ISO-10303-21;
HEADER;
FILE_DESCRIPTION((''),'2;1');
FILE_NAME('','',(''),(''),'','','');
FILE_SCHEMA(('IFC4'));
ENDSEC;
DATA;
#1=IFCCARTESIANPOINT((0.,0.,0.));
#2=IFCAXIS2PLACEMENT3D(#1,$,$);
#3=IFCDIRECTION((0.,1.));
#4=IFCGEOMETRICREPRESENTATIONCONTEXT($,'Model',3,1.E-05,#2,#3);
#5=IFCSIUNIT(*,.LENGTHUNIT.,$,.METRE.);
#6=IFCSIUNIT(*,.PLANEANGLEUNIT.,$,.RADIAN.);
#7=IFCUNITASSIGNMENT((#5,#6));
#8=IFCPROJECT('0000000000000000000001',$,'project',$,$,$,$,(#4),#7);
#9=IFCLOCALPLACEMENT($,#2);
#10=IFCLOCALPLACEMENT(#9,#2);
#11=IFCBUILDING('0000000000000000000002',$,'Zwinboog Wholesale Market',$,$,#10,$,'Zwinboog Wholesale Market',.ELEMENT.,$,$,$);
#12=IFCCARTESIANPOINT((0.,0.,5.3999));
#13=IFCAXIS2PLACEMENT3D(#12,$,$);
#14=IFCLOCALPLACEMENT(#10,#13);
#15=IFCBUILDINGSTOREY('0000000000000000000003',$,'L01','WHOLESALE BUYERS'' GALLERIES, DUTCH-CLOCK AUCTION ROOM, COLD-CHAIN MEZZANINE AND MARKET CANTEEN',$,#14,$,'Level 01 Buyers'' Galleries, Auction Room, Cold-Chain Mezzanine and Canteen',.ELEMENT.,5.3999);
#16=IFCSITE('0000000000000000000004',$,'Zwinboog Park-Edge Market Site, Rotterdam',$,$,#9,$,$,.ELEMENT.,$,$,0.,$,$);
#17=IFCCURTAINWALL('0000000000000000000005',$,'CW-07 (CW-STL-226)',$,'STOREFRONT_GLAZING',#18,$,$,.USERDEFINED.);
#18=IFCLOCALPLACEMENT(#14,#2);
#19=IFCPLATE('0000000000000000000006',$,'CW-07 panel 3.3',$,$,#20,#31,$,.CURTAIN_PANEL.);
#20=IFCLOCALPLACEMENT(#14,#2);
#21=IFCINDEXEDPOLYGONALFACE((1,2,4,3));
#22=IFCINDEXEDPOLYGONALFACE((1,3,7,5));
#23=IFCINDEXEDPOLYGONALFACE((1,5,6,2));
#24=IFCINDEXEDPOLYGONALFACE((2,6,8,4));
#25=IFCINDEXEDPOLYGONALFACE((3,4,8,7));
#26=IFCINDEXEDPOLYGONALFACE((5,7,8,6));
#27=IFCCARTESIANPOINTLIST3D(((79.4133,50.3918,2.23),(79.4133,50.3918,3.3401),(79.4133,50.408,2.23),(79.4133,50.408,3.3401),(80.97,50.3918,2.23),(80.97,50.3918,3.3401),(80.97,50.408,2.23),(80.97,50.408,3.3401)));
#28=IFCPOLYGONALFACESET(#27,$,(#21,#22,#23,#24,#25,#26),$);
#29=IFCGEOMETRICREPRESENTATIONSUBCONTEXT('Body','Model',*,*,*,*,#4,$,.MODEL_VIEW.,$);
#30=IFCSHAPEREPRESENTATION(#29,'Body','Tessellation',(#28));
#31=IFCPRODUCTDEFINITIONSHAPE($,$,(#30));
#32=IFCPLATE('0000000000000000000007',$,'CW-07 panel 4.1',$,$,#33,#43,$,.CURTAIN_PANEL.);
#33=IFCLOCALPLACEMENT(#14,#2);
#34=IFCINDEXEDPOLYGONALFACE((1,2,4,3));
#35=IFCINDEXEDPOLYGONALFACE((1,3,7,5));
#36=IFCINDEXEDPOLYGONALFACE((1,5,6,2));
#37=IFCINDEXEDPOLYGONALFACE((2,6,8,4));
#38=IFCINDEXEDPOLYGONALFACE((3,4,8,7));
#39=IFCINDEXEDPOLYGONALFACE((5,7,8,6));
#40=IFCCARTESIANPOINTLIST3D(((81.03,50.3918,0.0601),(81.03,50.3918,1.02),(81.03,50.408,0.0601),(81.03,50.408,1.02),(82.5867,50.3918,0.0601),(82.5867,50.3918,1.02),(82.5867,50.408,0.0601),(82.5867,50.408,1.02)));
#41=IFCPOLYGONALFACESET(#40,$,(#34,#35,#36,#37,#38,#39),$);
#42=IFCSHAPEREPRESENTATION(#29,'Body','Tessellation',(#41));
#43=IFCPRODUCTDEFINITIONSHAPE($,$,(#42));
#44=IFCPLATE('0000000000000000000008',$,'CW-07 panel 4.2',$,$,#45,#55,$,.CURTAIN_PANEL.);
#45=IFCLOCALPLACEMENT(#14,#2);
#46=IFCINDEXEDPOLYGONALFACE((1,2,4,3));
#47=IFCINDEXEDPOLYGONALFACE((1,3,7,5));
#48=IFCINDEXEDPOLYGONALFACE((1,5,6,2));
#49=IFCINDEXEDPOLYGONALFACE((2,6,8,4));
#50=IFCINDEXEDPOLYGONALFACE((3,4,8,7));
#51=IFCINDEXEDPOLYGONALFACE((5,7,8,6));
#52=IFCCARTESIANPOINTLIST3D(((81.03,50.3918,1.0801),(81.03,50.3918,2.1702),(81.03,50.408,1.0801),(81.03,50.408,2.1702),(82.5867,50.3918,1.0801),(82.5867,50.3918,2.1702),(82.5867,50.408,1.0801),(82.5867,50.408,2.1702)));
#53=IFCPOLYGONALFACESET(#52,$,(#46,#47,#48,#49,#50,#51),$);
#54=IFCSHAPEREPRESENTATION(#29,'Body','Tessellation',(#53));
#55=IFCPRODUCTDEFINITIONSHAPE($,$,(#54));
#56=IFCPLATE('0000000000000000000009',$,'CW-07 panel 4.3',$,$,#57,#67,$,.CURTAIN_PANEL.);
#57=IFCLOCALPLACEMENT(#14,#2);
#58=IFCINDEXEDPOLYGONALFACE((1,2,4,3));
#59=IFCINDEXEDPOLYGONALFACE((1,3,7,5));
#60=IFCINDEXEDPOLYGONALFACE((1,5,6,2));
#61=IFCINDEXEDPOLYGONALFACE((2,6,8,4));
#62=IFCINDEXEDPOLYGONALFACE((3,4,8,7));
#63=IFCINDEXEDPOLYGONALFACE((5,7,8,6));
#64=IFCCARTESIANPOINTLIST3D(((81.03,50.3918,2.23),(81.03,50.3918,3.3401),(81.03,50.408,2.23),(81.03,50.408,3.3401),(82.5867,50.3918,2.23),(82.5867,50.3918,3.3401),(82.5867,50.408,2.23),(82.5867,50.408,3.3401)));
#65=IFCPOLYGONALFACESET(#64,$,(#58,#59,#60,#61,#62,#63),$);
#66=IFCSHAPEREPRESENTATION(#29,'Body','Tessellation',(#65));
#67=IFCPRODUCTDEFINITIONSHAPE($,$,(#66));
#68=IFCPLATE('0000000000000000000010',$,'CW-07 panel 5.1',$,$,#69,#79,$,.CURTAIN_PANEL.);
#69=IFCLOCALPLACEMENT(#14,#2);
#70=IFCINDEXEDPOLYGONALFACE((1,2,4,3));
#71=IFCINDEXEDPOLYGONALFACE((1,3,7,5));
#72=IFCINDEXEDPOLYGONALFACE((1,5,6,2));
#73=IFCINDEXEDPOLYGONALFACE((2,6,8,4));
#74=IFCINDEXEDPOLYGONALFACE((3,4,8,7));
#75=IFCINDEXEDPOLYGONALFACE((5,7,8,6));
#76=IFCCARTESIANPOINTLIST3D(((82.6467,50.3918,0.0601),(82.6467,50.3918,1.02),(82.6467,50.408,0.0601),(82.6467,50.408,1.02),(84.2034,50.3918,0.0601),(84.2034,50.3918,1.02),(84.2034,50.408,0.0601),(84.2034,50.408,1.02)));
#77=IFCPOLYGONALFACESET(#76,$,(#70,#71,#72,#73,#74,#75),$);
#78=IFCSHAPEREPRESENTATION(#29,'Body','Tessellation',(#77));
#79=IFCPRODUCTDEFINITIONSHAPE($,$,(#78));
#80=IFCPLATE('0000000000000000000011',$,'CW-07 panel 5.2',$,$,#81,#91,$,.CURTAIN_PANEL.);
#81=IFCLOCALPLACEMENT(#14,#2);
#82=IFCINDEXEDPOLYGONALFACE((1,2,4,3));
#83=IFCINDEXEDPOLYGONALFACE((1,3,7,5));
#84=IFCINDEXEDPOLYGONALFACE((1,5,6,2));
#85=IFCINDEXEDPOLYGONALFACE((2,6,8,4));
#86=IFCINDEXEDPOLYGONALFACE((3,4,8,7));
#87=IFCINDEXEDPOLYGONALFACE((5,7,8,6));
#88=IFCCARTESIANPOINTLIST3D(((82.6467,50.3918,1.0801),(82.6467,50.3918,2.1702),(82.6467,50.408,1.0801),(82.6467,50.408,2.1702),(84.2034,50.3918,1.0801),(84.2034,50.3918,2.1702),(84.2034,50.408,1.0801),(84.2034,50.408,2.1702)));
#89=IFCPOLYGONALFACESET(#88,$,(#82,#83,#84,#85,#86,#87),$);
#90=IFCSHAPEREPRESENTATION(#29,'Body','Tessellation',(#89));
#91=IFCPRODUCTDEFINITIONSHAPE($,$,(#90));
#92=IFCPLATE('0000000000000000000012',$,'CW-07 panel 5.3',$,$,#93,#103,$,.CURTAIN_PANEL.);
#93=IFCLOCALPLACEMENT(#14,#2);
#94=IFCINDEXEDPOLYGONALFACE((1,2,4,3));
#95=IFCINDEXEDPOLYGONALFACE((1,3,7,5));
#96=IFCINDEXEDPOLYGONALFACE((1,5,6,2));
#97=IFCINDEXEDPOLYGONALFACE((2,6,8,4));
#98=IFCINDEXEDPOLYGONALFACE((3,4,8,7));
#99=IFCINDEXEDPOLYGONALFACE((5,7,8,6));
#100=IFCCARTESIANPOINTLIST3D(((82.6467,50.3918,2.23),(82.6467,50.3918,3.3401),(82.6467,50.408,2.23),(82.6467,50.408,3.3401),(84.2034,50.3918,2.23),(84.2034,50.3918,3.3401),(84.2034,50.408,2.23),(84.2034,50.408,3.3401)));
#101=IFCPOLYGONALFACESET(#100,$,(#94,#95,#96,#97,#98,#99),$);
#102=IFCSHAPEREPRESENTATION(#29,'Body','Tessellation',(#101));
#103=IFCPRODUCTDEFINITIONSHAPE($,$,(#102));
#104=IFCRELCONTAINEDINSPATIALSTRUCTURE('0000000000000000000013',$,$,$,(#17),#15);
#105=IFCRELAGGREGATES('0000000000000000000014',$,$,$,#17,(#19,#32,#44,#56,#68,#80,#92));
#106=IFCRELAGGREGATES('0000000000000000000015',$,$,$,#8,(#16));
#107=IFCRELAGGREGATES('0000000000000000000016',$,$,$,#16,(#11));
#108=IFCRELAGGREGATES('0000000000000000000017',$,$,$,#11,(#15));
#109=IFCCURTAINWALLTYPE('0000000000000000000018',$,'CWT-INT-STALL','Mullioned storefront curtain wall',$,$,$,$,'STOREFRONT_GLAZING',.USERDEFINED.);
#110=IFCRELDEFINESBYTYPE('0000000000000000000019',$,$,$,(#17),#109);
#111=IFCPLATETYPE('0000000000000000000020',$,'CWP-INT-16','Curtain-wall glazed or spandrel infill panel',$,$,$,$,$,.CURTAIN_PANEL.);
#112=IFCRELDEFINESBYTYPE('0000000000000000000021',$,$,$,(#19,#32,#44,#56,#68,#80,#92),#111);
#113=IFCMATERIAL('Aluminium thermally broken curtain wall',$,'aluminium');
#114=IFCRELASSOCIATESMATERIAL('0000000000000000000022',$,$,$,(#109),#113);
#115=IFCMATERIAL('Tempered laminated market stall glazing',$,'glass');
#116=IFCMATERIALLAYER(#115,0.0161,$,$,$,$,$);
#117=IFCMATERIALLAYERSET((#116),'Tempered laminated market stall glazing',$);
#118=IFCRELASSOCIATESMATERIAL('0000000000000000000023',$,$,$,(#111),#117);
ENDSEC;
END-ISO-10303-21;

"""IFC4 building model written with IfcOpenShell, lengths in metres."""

from ifc_helpers import new_model, si_unit, direction, frame, origin, origin_2d, place, context, subcontext, project, spatial, rectangle, extrude, material, layer, layer_set, type_object, element, aggregate, save


model = new_model("IFC4")

# Units and contexts
model_context = context("Model", 3, precision=1e-05, world=origin(), true_north=direction((0.0, 1.0)))
body_context = subcontext(model_context, "Body", "Model", "MODEL_VIEW")
ifc_project = project(units=[si_unit("LENGTHUNIT", "METRE"), si_unit("PLANEANGLEUNIT", "RADIAN")], contexts=[model_context])

# Site, building, storey
site_placement = place(None, origin())
site = spatial("IfcSite", under=ifc_project, at=site_placement, Name="Zwinboog Park-Edge Market Site, Rotterdam", CompositionType="ELEMENT", RefElevation=0.0)
building_placement = place(site_placement, origin())
building = spatial("IfcBuilding", under=site, at=building_placement, Name="Zwinboog Wholesale Market", LongName="Zwinboog Wholesale Market", CompositionType="ELEMENT")
storey_placement = place(building_placement, frame((0.0, 0.0, 5.3999)))
storey = spatial("IfcBuildingStorey", under=building, at=storey_placement, Name="L01", Description="WHOLESALE BUYERS' GALLERIES, DUTCH-CLOCK AUCTION ROOM, COLD-CHAIN MEZZANINE AND MARKET CANTEEN", LongName="Level 01 Buyers' Galleries, Auction Room, Cold-Chain Mezzanine and Canteen", CompositionType="ELEMENT", Elevation=5.3999)

# Curtain wall, plates
ifc_material_1 = material(Name="Aluminium thermally broken curtain wall", Category="aluminium")
curtain_wall_type = type_object("IfcCurtainWallType", Name="CWT-INT-STALL", Description="Mullioned storefront curtain wall", ElementType="STOREFRONT_GLAZING", PredefinedType="USERDEFINED", material=ifc_material_1)
curtain_wall_placement = place(storey_placement, origin())
curtain_wall = element("IfcCurtainWall", 1, at=curtain_wall_placement, inside=storey, type_object=curtain_wall_type, Name="CW-07 (CW-STL-226)", ObjectType="STOREFRONT_GLAZING", PredefinedType="USERDEFINED")
ifc_material_2 = material(Name="Tempered laminated market stall glazing", Category="glass")
ifc_layer = layer(ifc_material_2, 0.0161)
ifc_layer_set = layer_set([ifc_layer], Name="Tempered laminated market stall glazing")
plate_type = type_object("IfcPlateType", Name="CWP-INT-16", Description="Curtain-wall glazed or spandrel infill panel", PredefinedType="CURTAIN_PANEL", material=ifc_layer_set)
plate_1_placement = place(storey_placement, frame((80.1917, 50.3999, 2.23), z_axis=(0.0, 0.0, 1.0), x_axis=(1.0, 0.0, 0.0)))
plate_1 = element("IfcPlate", 2, at=plate_1_placement, type_object=plate_type, Name="CW-07 panel 3.3", PredefinedType="CURTAIN_PANEL", context=body_context, shape_type="SweptSolid", body=[
    extrude(rectangle(XDim=1.5566, YDim=0.0161, at=origin_2d()), origin(), (0.0, 0.0, 1.0), 1.1101),
])
plate_2_placement = place(storey_placement, frame((81.8083, 50.3999, 0.0601), z_axis=(0.0, 0.0, 1.0), x_axis=(1.0, 0.0, 0.0)))
plate_2 = element("IfcPlate", 3, at=plate_2_placement, type_object=plate_type, Name="CW-07 panel 4.1", PredefinedType="CURTAIN_PANEL", context=body_context, shape_type="SweptSolid", body=[
    extrude(rectangle(XDim=1.5566, YDim=0.0161, at=origin_2d()), origin(), (0.0, 0.0, 1.0), 0.96),
])
plate_3_placement = place(storey_placement, frame((81.8083, 50.3999, 1.0801), z_axis=(0.0, 0.0, 1.0), x_axis=(1.0, 0.0, 0.0)))
plate_3 = element("IfcPlate", 4, at=plate_3_placement, type_object=plate_type, Name="CW-07 panel 4.2", PredefinedType="CURTAIN_PANEL", context=body_context, shape_type="SweptSolid", body=[
    extrude(rectangle(XDim=1.5566, YDim=0.0161, at=origin_2d()), origin(), (0.0, 0.0, 1.0), 1.0901),
])
plate_4_placement = place(storey_placement, frame((81.8083, 50.3999, 2.23), z_axis=(0.0, 0.0, 1.0), x_axis=(1.0, 0.0, 0.0)))
plate_4 = element("IfcPlate", 5, at=plate_4_placement, type_object=plate_type, Name="CW-07 panel 4.3", PredefinedType="CURTAIN_PANEL", context=body_context, shape_type="SweptSolid", body=[
    extrude(rectangle(XDim=1.5566, YDim=0.0161, at=origin_2d()), origin(), (0.0, 0.0, 1.0), 1.1101),
])
plate_5_placement = place(storey_placement, frame((83.425, 50.3999, 0.0601), z_axis=(0.0, 0.0, 1.0), x_axis=(1.0, 0.0, 0.0)))
plate_5 = element("IfcPlate", 6, at=plate_5_placement, type_object=plate_type, Name="CW-07 panel 5.1", PredefinedType="CURTAIN_PANEL", context=body_context, shape_type="SweptSolid", body=[
    extrude(rectangle(XDim=1.5566, YDim=0.0161, at=origin_2d()), origin(), (0.0, 0.0, 1.0), 0.96),
])
plate_6_placement = place(storey_placement, frame((83.425, 50.3999, 1.0801), z_axis=(0.0, 0.0, 1.0), x_axis=(1.0, 0.0, 0.0)))
plate_6 = element("IfcPlate", 7, at=plate_6_placement, type_object=plate_type, Name="CW-07 panel 5.2", PredefinedType="CURTAIN_PANEL", context=body_context, shape_type="SweptSolid", body=[
    extrude(rectangle(XDim=1.5566, YDim=0.0161, at=origin_2d()), origin(), (0.0, 0.0, 1.0), 1.0901),
])
plate_7_placement = place(storey_placement, frame((83.425, 50.3999, 2.23), z_axis=(0.0, 0.0, 1.0), x_axis=(1.0, 0.0, 0.0)))
plate_7 = element("IfcPlate", 8, at=plate_7_placement, type_object=plate_type, Name="CW-07 panel 5.3", PredefinedType="CURTAIN_PANEL", context=body_context, shape_type="SweptSolid", body=[
    extrude(rectangle(XDim=1.5566, YDim=0.0161, at=origin_2d()), origin(), (0.0, 0.0, 1.0), 1.1101),
])
aggregate(curtain_wall, [plate_1, plate_2, plate_3, plate_4, plate_5, plate_6, plate_7])

save(model, "model.ifc")
